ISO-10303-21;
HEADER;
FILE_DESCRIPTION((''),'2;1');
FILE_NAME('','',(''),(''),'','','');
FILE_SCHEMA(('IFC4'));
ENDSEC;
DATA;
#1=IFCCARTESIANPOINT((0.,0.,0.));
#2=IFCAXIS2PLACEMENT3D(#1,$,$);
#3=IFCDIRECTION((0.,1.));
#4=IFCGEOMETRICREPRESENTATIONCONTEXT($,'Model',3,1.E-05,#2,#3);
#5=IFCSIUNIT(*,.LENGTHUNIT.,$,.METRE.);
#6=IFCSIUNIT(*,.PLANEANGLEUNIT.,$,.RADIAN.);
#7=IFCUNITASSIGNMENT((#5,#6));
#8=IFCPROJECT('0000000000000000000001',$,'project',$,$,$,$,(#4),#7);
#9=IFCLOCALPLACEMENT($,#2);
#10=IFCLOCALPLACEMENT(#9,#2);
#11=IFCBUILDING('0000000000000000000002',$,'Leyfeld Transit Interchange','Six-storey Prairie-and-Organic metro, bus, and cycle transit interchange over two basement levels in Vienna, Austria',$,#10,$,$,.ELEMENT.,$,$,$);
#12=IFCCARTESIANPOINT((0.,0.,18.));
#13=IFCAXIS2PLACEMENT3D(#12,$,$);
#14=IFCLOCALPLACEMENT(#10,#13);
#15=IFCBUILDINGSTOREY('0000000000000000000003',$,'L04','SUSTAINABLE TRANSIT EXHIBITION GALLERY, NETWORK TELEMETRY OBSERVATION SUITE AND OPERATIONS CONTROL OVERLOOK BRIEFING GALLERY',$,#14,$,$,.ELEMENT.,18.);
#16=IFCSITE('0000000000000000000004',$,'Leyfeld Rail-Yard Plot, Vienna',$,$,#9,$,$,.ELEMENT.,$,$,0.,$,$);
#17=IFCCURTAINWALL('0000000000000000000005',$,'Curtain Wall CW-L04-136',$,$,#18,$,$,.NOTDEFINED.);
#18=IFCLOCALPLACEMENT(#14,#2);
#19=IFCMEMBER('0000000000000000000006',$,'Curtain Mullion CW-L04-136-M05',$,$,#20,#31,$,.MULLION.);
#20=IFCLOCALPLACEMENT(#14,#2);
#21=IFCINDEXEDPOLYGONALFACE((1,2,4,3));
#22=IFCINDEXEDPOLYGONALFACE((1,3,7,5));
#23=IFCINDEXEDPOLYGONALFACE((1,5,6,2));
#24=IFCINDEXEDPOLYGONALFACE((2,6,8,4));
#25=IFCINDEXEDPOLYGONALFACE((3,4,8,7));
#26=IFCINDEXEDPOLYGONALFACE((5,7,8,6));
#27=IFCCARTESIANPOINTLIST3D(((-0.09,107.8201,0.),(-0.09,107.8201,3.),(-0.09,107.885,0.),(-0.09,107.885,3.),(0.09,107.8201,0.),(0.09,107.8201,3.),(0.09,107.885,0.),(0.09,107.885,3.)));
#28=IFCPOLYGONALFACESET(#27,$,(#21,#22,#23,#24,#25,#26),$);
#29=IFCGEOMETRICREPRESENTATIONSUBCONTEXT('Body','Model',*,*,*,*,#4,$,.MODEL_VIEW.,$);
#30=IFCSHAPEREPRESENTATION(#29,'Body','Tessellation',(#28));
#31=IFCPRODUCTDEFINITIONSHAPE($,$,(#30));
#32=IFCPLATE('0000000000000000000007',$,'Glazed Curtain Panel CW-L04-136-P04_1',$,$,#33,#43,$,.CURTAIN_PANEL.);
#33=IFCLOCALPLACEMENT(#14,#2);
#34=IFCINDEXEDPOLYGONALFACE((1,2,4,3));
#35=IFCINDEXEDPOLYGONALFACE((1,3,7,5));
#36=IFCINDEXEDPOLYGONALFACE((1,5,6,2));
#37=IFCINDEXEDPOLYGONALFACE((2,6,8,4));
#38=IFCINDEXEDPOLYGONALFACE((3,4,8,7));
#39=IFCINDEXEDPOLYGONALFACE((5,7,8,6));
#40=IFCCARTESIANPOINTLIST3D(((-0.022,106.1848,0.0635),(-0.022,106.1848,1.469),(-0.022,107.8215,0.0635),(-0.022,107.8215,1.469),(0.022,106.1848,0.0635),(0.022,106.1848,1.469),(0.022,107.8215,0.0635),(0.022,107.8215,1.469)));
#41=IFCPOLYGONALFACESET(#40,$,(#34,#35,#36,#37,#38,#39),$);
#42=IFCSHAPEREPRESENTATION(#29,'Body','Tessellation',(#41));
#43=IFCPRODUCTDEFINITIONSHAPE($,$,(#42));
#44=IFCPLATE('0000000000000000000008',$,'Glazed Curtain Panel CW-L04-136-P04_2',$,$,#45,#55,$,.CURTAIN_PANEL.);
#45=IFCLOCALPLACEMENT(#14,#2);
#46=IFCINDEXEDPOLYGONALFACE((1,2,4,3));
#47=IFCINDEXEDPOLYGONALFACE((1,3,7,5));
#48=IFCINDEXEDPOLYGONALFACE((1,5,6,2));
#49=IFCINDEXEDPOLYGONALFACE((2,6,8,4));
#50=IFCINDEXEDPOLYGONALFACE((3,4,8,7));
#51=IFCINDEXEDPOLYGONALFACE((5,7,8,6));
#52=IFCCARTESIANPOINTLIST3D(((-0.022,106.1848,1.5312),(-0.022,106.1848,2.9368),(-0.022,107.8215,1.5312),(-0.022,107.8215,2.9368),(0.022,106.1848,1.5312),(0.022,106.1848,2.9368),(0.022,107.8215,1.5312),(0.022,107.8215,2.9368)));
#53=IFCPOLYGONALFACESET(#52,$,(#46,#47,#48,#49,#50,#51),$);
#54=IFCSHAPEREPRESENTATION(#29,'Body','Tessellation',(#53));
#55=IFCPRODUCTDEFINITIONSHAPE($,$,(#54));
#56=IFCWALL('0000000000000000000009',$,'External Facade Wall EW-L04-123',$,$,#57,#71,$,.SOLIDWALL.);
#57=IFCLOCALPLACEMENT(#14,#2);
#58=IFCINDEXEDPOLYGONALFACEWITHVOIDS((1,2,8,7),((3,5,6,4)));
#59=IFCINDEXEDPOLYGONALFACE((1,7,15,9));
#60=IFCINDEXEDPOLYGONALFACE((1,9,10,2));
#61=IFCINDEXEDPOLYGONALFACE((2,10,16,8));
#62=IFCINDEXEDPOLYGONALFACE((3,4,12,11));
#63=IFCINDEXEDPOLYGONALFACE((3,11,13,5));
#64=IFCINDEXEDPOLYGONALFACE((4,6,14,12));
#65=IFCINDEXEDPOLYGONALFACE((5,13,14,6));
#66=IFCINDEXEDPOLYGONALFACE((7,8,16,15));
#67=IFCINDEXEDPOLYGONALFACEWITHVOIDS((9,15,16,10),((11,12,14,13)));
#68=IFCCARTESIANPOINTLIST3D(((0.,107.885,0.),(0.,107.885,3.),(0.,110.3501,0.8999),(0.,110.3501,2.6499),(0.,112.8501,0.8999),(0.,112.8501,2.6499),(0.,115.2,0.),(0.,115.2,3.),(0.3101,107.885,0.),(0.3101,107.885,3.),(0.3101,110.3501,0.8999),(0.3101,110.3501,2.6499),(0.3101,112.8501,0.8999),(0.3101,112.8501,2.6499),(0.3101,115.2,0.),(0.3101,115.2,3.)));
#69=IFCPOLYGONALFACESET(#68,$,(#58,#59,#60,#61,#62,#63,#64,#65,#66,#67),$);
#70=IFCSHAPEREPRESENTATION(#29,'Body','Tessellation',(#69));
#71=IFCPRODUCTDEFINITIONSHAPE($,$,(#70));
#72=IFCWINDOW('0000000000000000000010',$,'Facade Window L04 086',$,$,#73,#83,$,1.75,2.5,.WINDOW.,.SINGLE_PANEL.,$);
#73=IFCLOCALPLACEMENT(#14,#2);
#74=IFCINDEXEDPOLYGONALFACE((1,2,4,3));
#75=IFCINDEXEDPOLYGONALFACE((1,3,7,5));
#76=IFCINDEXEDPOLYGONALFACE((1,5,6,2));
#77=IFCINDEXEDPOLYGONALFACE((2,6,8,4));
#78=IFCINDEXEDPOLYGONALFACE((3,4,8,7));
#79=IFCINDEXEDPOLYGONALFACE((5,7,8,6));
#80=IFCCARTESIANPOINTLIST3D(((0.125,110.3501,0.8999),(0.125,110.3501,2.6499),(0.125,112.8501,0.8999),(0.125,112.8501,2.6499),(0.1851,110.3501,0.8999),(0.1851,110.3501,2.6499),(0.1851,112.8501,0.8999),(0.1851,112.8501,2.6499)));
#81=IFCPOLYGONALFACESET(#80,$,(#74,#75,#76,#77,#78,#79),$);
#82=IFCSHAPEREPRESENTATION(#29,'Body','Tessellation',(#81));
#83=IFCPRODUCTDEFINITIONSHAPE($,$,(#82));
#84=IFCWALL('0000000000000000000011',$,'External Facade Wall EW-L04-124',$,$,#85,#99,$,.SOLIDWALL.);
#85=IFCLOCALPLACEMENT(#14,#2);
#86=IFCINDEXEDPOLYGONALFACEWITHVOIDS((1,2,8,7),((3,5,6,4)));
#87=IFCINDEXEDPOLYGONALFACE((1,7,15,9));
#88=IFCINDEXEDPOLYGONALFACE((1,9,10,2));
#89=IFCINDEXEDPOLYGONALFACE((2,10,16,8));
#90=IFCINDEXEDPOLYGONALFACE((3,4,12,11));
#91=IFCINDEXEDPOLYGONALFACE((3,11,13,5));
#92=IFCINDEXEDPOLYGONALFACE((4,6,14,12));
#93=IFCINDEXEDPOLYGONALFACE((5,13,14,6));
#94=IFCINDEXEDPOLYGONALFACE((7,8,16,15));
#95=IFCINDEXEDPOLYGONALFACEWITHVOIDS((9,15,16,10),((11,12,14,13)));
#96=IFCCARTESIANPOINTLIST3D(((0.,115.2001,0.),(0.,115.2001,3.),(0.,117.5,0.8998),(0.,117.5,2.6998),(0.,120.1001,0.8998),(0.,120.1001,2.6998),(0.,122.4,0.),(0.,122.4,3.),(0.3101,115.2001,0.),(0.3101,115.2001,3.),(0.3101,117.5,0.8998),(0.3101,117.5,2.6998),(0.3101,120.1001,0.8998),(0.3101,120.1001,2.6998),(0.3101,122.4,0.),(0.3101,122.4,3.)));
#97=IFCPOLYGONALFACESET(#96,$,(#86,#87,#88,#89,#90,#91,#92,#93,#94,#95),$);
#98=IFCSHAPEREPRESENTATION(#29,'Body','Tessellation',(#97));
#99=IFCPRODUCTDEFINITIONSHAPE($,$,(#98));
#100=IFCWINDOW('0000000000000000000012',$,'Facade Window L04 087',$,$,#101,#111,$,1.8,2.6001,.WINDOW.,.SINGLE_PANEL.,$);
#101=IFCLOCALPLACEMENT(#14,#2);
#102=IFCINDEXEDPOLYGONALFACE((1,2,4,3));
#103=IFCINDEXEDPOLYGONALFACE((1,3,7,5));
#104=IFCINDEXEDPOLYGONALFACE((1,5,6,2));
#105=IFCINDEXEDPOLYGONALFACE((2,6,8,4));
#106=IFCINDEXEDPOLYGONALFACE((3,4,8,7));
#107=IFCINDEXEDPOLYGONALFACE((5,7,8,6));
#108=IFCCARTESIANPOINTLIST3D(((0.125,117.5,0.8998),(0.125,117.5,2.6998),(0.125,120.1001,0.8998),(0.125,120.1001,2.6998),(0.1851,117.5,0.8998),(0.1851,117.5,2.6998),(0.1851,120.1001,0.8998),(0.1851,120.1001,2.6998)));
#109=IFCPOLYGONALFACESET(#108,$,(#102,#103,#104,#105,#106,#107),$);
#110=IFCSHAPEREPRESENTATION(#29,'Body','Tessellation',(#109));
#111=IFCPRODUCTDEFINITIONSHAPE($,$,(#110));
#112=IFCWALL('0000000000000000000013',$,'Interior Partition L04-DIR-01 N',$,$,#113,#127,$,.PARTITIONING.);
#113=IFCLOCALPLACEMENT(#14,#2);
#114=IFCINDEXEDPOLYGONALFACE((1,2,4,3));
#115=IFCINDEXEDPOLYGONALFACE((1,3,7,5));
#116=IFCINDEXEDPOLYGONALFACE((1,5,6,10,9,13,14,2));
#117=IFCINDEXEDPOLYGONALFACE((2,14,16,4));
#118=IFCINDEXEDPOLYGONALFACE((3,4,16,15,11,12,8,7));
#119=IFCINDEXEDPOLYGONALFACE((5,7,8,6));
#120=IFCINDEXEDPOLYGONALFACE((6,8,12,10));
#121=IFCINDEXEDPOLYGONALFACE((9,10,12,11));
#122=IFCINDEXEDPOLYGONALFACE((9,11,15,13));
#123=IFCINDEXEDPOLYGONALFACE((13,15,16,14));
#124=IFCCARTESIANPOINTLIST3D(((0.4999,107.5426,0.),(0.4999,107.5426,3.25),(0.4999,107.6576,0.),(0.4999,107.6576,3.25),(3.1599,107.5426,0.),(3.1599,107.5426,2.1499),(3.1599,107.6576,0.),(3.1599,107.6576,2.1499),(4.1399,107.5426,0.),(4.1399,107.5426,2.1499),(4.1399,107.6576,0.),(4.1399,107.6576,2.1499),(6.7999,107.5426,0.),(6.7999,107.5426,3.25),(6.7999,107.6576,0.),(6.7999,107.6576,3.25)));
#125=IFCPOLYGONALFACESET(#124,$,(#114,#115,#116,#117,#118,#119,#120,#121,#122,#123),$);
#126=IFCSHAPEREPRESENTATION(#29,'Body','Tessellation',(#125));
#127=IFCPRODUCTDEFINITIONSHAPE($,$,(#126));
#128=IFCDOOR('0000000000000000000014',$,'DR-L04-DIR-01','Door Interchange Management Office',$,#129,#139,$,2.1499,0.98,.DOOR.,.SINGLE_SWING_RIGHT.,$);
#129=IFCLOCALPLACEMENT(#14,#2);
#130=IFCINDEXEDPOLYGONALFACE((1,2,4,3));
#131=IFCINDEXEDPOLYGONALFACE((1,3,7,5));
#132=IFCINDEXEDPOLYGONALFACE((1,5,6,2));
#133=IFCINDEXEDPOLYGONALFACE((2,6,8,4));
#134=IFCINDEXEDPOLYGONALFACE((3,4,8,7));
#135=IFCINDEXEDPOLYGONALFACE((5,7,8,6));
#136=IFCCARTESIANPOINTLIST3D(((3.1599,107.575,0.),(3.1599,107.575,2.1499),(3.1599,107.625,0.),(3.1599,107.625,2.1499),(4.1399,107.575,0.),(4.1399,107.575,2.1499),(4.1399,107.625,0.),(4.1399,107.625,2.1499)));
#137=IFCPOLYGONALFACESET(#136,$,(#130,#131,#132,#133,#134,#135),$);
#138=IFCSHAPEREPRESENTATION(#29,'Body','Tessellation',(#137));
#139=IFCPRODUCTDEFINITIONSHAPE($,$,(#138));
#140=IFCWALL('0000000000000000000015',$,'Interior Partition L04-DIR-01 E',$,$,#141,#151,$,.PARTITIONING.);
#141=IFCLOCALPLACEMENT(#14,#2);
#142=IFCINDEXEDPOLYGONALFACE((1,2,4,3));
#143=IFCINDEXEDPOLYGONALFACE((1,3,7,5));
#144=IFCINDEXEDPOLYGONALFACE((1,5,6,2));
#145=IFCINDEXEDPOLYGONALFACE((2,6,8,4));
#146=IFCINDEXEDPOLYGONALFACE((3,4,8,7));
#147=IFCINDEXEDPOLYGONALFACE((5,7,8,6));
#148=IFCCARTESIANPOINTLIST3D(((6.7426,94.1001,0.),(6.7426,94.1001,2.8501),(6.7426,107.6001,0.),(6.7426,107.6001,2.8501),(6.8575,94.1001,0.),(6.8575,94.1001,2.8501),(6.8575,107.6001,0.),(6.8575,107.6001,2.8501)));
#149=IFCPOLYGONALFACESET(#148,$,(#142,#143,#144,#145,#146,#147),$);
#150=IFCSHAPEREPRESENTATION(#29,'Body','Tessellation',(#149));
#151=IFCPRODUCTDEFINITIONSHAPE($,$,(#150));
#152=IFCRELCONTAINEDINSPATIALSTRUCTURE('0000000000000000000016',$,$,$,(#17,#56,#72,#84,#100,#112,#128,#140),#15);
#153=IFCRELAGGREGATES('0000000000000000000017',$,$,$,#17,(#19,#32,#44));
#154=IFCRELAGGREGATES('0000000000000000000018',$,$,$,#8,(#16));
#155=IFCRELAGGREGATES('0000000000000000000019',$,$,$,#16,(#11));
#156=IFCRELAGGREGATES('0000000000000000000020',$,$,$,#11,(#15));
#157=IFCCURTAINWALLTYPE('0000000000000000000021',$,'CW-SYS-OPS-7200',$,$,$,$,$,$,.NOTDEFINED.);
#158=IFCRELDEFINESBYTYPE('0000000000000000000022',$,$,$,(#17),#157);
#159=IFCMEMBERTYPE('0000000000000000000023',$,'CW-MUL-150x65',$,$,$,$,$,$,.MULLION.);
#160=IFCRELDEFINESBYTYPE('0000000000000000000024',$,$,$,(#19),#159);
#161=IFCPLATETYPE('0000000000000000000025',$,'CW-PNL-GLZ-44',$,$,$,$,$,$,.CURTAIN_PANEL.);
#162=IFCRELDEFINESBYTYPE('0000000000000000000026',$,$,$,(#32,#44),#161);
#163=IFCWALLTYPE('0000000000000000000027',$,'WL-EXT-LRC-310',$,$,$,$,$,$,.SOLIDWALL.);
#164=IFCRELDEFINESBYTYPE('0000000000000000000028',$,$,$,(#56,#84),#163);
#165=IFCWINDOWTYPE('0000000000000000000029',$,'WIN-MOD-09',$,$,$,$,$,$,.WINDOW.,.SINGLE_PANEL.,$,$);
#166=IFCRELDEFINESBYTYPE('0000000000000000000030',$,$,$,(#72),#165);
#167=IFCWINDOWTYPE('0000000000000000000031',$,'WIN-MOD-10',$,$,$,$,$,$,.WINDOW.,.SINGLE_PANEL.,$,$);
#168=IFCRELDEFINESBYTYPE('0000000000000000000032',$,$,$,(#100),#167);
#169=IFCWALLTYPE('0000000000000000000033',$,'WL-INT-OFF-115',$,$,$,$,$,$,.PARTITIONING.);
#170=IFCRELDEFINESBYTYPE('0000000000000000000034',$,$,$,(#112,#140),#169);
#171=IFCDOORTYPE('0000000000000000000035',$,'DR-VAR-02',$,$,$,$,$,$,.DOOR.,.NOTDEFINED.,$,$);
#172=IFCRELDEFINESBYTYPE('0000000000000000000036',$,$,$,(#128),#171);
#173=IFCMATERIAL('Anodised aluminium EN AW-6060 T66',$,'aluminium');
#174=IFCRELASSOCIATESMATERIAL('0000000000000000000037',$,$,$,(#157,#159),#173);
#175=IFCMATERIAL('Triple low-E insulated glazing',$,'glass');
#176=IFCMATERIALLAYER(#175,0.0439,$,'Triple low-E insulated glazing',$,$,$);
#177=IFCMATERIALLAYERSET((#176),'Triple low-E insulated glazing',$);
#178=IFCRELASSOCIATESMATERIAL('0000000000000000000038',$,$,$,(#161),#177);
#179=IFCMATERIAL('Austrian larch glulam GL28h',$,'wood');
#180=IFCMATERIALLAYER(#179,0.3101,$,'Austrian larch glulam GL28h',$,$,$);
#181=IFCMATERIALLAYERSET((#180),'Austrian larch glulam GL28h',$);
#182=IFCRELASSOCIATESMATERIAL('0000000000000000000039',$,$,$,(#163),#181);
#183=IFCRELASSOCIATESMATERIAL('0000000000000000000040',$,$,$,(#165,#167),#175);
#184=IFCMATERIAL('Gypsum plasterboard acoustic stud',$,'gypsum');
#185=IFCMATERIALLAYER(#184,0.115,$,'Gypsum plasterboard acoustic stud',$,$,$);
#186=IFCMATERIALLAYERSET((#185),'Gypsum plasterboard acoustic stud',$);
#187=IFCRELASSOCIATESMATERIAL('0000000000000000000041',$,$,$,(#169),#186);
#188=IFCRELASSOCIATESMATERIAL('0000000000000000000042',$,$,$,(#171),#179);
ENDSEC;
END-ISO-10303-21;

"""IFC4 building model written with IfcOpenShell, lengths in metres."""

from ifc_helpers import new_model, si_unit, direction, frame, frame_2d, origin, origin_2d, place, context, subcontext, project, spatial, rectangle, extrude, material, layer, layer_set, material_profile, profile_set, type_object, element, fill, aggregate, save


model = new_model("IFC4")

# Units and contexts
model_context = context("Model", 3, precision=1e-05, world=origin(), true_north=direction((0.0, 1.0)))
body_context = subcontext(model_context, "Body", "Model", "MODEL_VIEW")
ifc_project = project(units=[si_unit("LENGTHUNIT", "METRE"), si_unit("PLANEANGLEUNIT", "RADIAN")], contexts=[model_context])

# Site, building, storey
site_placement = place(None, origin())
site = spatial("IfcSite", under=ifc_project, at=site_placement, Name="Leyfeld Rail-Yard Plot, Vienna", CompositionType="ELEMENT", RefElevation=0.0)
building_placement = place(site_placement, origin())
building = spatial("IfcBuilding", under=site, at=building_placement, Name="Leyfeld Transit Interchange", Description="Six-storey Prairie-and-Organic metro, bus, and cycle transit interchange over two basement levels in Vienna, Austria", CompositionType="ELEMENT")
storey_placement = place(building_placement, frame((0.0, 0.0, 18.0)))
storey = spatial("IfcBuildingStorey", under=building, at=storey_placement, Name="L04", Description="SUSTAINABLE TRANSIT EXHIBITION GALLERY, NETWORK TELEMETRY OBSERVATION SUITE AND OPERATIONS CONTROL OVERLOOK BRIEFING GALLERY", CompositionType="ELEMENT", Elevation=18.0)

# Curtain wall, member, plates
ifc_material_1 = material(Name="Anodised aluminium EN AW-6060 T66", Category="aluminium")
curtain_wall_type = type_object("IfcCurtainWallType", Name="CW-SYS-OPS-7200", PredefinedType="NOTDEFINED", material=ifc_material_1)
curtain_wall_placement = place(storey_placement, origin())
curtain_wall = element("IfcCurtainWall", 1, at=curtain_wall_placement, inside=storey, type_object=curtain_wall_type, Name="Curtain Wall CW-L04-136", PredefinedType="NOTDEFINED")
ifc_material_profile_1 = material_profile(ifc_material_1, rectangle(XDim=0.0649, YDim=0.1799, at=origin_2d()), Name="CW-M 65x180")
ifc_profile_set_1 = profile_set([ifc_material_profile_1], Name="Anodised aluminium EN AW-6060 T66")
member_type = type_object("IfcMemberType", Name="CW-MUL-150x65", PredefinedType="MULLION", material=ifc_profile_set_1)
member_placement = place(storey_placement, frame((0.0, 107.8525, 0.0), z_axis=(0.0, 0.0, 1.0), x_axis=(0.0, 1.0, 0.0)))
member = element("IfcMember", 2, at=member_placement, type_object=member_type, Name="Curtain Mullion CW-L04-136-M05", PredefinedType="MULLION", context=body_context, shape_type="SweptSolid", body=[
    extrude(rectangle(XDim=0.0649, YDim=0.1799, at=origin_2d()), origin(), (0.0, 0.0, 1.0), 3.0),
])
ifc_material_2 = material(Name="Triple low-E insulated glazing", Category="glass")
ifc_layer_1 = layer(ifc_material_2, 0.0439, Name="Triple low-E insulated glazing")
ifc_layer_set_1 = layer_set([ifc_layer_1], Name="Triple low-E insulated glazing")
plate_type = type_object("IfcPlateType", Name="CW-PNL-GLZ-44", PredefinedType="CURTAIN_PANEL", material=ifc_layer_set_1)
plate_1_placement = place(storey_placement, frame((0.0, 107.0032, 0.0635), z_axis=(0.0, 0.0, 1.0), x_axis=(0.0, 1.0, 0.0)))
plate_1 = element("IfcPlate", 3, at=plate_1_placement, type_object=plate_type, Name="Glazed Curtain Panel CW-L04-136-P04_1", PredefinedType="CURTAIN_PANEL", context=body_context, shape_type="SweptSolid", body=[
    extrude(rectangle(XDim=1.6367, YDim=0.0439, at=origin_2d()), origin(), (0.0, 0.0, 1.0), 1.4055),
])
plate_2_placement = place(storey_placement, frame((0.0, 107.0032, 1.5312), z_axis=(0.0, 0.0, 1.0), x_axis=(0.0, 1.0, 0.0)))
plate_2 = element("IfcPlate", 4, at=plate_2_placement, type_object=plate_type, Name="Glazed Curtain Panel CW-L04-136-P04_2", PredefinedType="CURTAIN_PANEL", context=body_context, shape_type="SweptSolid", body=[
    extrude(rectangle(XDim=1.6367, YDim=0.0439, at=origin_2d()), origin(), (0.0, 0.0, 1.0), 1.4055),
])
aggregate(curtain_wall, [member, plate_1, plate_2])

# Walls, openings, windows
ifc_material_3 = material(Name="Austrian larch glulam GL28h", Category="wood")
ifc_layer_2 = layer(ifc_material_3, 0.3101, Name="Austrian larch glulam GL28h")
ifc_layer_set_2 = layer_set([ifc_layer_2], Name="Austrian larch glulam GL28h")
wall_type_1 = type_object("IfcWallType", Name="WL-EXT-LRC-310", PredefinedType="SOLIDWALL", material=ifc_layer_set_2)
wall_1_placement = place(storey_placement, frame((0.155, 107.885, 0.0), z_axis=(0.0, 0.0, 1.0), x_axis=(0.0, 1.0, 0.0)))
wall_1 = element("IfcWall", 5, at=wall_1_placement, inside=storey, type_object=wall_type_1, Name="External Facade Wall EW-L04-123", PredefinedType="SOLIDWALL", context=body_context, shape_type="SweptSolid", body=[
    extrude(rectangle(XDim=7.3149, YDim=0.3101, at=frame_2d((3.6575, 0.0))), origin(), (0.0, 0.0, 1.0), 3.0),
])
opening_1_placement = place(wall_1_placement, frame((2.4651, 0.0, 0.8999)))
opening_1 = element("IfcOpeningElement", 6, at=opening_1_placement, cuts=wall_1, PredefinedType="OPENING", context=body_context, shape_type="SweptSolid", body=[
    extrude(rectangle(XDim=2.5, YDim=1.75, at=frame_2d((1.25, 0.875))), frame((0.0, 0.165, 0.0), z_axis=(0.0, -1.0, 0.0), x_axis=(1.0, 0.0, 0.0)), (0.0, 0.0, 1.0), 0.3301),
])
window_type_1 = type_object("IfcWindowType", Name="WIN-MOD-09", PartitioningType="SINGLE_PANEL", PredefinedType="WINDOW", material=ifc_material_2)
window_1_placement = place(opening_1_placement, origin())
window_1 = element("IfcWindow", 7, at=window_1_placement, inside=storey, type_object=window_type_1, Name="Facade Window L04 086", OverallHeight=1.75, OverallWidth=2.5, PartitioningType="SINGLE_PANEL", PredefinedType="WINDOW", context=body_context, shape_type="SweptSolid", body=[
    extrude(rectangle(XDim=2.5, YDim=1.75, at=frame_2d((1.25, 0.875))), frame((0.0, 0.03, 0.0), z_axis=(0.0, -1.0, 0.0), x_axis=(1.0, 0.0, 0.0)), (0.0, 0.0, 1.0), 0.0601),
])
fill(opening_1, window_1)
wall_2_placement = place(storey_placement, frame((0.155, 115.2, 0.0), z_axis=(0.0, 0.0, 1.0), x_axis=(0.0, 1.0, 0.0)))
wall_2 = element("IfcWall", 8, at=wall_2_placement, inside=storey, type_object=wall_type_1, Name="External Facade Wall EW-L04-124", PredefinedType="SOLIDWALL", context=body_context, shape_type="SweptSolid", body=[
    extrude(rectangle(XDim=7.2, YDim=0.3101, at=frame_2d((3.6001, 0.0))), origin(), (0.0, 0.0, 1.0), 3.0),
])
opening_2_placement = place(wall_2_placement, frame((2.3, 0.0, 0.8999)))
opening_2 = element("IfcOpeningElement", 9, at=opening_2_placement, cuts=wall_2, PredefinedType="OPENING", context=body_context, shape_type="SweptSolid", body=[
    extrude(rectangle(XDim=2.6001, YDim=1.8, at=frame_2d((1.3, 0.8999))), frame((0.0, 0.165, 0.0), z_axis=(0.0, -1.0, 0.0), x_axis=(1.0, 0.0, 0.0)), (0.0, 0.0, 1.0), 0.3301),
])
window_type_2 = type_object("IfcWindowType", Name="WIN-MOD-10", PartitioningType="SINGLE_PANEL", PredefinedType="WINDOW", material=ifc_material_2)
window_2_placement = place(opening_2_placement, origin())
window_2 = element("IfcWindow", 10, at=window_2_placement, inside=storey, type_object=window_type_2, Name="Facade Window L04 087", OverallHeight=1.8, OverallWidth=2.6001, PartitioningType="SINGLE_PANEL", PredefinedType="WINDOW", context=body_context, shape_type="SweptSolid", body=[
    extrude(rectangle(XDim=2.6001, YDim=1.8, at=frame_2d((1.3, 0.8999))), frame((0.0, 0.03, 0.0), z_axis=(0.0, -1.0, 0.0), x_axis=(1.0, 0.0, 0.0)), (0.0, 0.0, 1.0), 0.0601),
])
fill(opening_2, window_2)

# Wall, opening, door
ifc_material_4 = material(Name="Gypsum plasterboard acoustic stud", Category="gypsum")
ifc_layer_3 = layer(ifc_material_4, 0.115, Name="Gypsum plasterboard acoustic stud")
ifc_layer_set_3 = layer_set([ifc_layer_3], Name="Gypsum plasterboard acoustic stud")
wall_type_2 = type_object("IfcWallType", Name="WL-INT-OFF-115", PredefinedType="PARTITIONING", material=ifc_layer_set_3)
wall_3_placement = place(storey_placement, frame((0.5, 107.6001, 0.0), z_axis=(0.0, 0.0, 1.0), x_axis=(1.0, 0.0, 0.0)))
wall_3 = element("IfcWall", 11, at=wall_3_placement, inside=storey, type_object=wall_type_2, Name="Interior Partition L04-DIR-01 N", PredefinedType="PARTITIONING", context=body_context, shape_type="SweptSolid", body=[
    extrude(rectangle(XDim=6.3, YDim=0.115, at=frame_2d((3.1499, 0.0))), origin(), (0.0, 0.0, 1.0), 3.25),
])
opening_3_placement = place(wall_3_placement, frame((2.6599, 0.0, 0.0)))
opening_3 = element("IfcOpeningElement", 12, at=opening_3_placement, cuts=wall_3, PredefinedType="OPENING", context=body_context, shape_type="SweptSolid", body=[
    extrude(rectangle(XDim=0.98, YDim=2.1499, at=frame_2d((0.49, 1.075))), frame((0.0, 0.0674, 0.0), z_axis=(0.0, -1.0, 0.0), x_axis=(1.0, 0.0, 0.0)), (0.0, 0.0, 1.0), 0.135),
])
door_type = type_object("IfcDoorType", Name="DR-VAR-02", OperationType="NOTDEFINED", PredefinedType="DOOR", material=ifc_material_3)
door_placement = place(opening_3_placement, origin())
door = element("IfcDoor", 13, at=door_placement, inside=storey, type_object=door_type, Name="DR-L04-DIR-01", Description="Door Interchange Management Office", OperationType="SINGLE_SWING_RIGHT", OverallHeight=2.1499, OverallWidth=0.98, PredefinedType="DOOR", context=body_context, shape_type="SweptSolid", body=[
    extrude(rectangle(XDim=0.98, YDim=2.1499, at=frame_2d((0.49, 1.075))), frame((0.0, 0.0249, 0.0), z_axis=(0.0, -1.0, 0.0), x_axis=(1.0, 0.0, 0.0)), (0.0, 0.0, 1.0), 0.05),
])
fill(opening_3, door)

# Wall
wall_4_placement = place(storey_placement, frame((6.8, 107.6001, 0.0), z_axis=(0.0, 0.0, 1.0), x_axis=(0.0, -1.0, 0.0)))
element("IfcWall", 14, at=wall_4_placement, inside=storey, type_object=wall_type_2, Name="Interior Partition L04-DIR-01 E", PredefinedType="PARTITIONING", context=body_context, shape_type="SweptSolid", body=[
    extrude(rectangle(XDim=13.5, YDim=0.115, at=frame_2d((6.75, 0.0))), origin(), (0.0, 0.0, 1.0), 2.8501),
])

save(model, "model.ifc")
